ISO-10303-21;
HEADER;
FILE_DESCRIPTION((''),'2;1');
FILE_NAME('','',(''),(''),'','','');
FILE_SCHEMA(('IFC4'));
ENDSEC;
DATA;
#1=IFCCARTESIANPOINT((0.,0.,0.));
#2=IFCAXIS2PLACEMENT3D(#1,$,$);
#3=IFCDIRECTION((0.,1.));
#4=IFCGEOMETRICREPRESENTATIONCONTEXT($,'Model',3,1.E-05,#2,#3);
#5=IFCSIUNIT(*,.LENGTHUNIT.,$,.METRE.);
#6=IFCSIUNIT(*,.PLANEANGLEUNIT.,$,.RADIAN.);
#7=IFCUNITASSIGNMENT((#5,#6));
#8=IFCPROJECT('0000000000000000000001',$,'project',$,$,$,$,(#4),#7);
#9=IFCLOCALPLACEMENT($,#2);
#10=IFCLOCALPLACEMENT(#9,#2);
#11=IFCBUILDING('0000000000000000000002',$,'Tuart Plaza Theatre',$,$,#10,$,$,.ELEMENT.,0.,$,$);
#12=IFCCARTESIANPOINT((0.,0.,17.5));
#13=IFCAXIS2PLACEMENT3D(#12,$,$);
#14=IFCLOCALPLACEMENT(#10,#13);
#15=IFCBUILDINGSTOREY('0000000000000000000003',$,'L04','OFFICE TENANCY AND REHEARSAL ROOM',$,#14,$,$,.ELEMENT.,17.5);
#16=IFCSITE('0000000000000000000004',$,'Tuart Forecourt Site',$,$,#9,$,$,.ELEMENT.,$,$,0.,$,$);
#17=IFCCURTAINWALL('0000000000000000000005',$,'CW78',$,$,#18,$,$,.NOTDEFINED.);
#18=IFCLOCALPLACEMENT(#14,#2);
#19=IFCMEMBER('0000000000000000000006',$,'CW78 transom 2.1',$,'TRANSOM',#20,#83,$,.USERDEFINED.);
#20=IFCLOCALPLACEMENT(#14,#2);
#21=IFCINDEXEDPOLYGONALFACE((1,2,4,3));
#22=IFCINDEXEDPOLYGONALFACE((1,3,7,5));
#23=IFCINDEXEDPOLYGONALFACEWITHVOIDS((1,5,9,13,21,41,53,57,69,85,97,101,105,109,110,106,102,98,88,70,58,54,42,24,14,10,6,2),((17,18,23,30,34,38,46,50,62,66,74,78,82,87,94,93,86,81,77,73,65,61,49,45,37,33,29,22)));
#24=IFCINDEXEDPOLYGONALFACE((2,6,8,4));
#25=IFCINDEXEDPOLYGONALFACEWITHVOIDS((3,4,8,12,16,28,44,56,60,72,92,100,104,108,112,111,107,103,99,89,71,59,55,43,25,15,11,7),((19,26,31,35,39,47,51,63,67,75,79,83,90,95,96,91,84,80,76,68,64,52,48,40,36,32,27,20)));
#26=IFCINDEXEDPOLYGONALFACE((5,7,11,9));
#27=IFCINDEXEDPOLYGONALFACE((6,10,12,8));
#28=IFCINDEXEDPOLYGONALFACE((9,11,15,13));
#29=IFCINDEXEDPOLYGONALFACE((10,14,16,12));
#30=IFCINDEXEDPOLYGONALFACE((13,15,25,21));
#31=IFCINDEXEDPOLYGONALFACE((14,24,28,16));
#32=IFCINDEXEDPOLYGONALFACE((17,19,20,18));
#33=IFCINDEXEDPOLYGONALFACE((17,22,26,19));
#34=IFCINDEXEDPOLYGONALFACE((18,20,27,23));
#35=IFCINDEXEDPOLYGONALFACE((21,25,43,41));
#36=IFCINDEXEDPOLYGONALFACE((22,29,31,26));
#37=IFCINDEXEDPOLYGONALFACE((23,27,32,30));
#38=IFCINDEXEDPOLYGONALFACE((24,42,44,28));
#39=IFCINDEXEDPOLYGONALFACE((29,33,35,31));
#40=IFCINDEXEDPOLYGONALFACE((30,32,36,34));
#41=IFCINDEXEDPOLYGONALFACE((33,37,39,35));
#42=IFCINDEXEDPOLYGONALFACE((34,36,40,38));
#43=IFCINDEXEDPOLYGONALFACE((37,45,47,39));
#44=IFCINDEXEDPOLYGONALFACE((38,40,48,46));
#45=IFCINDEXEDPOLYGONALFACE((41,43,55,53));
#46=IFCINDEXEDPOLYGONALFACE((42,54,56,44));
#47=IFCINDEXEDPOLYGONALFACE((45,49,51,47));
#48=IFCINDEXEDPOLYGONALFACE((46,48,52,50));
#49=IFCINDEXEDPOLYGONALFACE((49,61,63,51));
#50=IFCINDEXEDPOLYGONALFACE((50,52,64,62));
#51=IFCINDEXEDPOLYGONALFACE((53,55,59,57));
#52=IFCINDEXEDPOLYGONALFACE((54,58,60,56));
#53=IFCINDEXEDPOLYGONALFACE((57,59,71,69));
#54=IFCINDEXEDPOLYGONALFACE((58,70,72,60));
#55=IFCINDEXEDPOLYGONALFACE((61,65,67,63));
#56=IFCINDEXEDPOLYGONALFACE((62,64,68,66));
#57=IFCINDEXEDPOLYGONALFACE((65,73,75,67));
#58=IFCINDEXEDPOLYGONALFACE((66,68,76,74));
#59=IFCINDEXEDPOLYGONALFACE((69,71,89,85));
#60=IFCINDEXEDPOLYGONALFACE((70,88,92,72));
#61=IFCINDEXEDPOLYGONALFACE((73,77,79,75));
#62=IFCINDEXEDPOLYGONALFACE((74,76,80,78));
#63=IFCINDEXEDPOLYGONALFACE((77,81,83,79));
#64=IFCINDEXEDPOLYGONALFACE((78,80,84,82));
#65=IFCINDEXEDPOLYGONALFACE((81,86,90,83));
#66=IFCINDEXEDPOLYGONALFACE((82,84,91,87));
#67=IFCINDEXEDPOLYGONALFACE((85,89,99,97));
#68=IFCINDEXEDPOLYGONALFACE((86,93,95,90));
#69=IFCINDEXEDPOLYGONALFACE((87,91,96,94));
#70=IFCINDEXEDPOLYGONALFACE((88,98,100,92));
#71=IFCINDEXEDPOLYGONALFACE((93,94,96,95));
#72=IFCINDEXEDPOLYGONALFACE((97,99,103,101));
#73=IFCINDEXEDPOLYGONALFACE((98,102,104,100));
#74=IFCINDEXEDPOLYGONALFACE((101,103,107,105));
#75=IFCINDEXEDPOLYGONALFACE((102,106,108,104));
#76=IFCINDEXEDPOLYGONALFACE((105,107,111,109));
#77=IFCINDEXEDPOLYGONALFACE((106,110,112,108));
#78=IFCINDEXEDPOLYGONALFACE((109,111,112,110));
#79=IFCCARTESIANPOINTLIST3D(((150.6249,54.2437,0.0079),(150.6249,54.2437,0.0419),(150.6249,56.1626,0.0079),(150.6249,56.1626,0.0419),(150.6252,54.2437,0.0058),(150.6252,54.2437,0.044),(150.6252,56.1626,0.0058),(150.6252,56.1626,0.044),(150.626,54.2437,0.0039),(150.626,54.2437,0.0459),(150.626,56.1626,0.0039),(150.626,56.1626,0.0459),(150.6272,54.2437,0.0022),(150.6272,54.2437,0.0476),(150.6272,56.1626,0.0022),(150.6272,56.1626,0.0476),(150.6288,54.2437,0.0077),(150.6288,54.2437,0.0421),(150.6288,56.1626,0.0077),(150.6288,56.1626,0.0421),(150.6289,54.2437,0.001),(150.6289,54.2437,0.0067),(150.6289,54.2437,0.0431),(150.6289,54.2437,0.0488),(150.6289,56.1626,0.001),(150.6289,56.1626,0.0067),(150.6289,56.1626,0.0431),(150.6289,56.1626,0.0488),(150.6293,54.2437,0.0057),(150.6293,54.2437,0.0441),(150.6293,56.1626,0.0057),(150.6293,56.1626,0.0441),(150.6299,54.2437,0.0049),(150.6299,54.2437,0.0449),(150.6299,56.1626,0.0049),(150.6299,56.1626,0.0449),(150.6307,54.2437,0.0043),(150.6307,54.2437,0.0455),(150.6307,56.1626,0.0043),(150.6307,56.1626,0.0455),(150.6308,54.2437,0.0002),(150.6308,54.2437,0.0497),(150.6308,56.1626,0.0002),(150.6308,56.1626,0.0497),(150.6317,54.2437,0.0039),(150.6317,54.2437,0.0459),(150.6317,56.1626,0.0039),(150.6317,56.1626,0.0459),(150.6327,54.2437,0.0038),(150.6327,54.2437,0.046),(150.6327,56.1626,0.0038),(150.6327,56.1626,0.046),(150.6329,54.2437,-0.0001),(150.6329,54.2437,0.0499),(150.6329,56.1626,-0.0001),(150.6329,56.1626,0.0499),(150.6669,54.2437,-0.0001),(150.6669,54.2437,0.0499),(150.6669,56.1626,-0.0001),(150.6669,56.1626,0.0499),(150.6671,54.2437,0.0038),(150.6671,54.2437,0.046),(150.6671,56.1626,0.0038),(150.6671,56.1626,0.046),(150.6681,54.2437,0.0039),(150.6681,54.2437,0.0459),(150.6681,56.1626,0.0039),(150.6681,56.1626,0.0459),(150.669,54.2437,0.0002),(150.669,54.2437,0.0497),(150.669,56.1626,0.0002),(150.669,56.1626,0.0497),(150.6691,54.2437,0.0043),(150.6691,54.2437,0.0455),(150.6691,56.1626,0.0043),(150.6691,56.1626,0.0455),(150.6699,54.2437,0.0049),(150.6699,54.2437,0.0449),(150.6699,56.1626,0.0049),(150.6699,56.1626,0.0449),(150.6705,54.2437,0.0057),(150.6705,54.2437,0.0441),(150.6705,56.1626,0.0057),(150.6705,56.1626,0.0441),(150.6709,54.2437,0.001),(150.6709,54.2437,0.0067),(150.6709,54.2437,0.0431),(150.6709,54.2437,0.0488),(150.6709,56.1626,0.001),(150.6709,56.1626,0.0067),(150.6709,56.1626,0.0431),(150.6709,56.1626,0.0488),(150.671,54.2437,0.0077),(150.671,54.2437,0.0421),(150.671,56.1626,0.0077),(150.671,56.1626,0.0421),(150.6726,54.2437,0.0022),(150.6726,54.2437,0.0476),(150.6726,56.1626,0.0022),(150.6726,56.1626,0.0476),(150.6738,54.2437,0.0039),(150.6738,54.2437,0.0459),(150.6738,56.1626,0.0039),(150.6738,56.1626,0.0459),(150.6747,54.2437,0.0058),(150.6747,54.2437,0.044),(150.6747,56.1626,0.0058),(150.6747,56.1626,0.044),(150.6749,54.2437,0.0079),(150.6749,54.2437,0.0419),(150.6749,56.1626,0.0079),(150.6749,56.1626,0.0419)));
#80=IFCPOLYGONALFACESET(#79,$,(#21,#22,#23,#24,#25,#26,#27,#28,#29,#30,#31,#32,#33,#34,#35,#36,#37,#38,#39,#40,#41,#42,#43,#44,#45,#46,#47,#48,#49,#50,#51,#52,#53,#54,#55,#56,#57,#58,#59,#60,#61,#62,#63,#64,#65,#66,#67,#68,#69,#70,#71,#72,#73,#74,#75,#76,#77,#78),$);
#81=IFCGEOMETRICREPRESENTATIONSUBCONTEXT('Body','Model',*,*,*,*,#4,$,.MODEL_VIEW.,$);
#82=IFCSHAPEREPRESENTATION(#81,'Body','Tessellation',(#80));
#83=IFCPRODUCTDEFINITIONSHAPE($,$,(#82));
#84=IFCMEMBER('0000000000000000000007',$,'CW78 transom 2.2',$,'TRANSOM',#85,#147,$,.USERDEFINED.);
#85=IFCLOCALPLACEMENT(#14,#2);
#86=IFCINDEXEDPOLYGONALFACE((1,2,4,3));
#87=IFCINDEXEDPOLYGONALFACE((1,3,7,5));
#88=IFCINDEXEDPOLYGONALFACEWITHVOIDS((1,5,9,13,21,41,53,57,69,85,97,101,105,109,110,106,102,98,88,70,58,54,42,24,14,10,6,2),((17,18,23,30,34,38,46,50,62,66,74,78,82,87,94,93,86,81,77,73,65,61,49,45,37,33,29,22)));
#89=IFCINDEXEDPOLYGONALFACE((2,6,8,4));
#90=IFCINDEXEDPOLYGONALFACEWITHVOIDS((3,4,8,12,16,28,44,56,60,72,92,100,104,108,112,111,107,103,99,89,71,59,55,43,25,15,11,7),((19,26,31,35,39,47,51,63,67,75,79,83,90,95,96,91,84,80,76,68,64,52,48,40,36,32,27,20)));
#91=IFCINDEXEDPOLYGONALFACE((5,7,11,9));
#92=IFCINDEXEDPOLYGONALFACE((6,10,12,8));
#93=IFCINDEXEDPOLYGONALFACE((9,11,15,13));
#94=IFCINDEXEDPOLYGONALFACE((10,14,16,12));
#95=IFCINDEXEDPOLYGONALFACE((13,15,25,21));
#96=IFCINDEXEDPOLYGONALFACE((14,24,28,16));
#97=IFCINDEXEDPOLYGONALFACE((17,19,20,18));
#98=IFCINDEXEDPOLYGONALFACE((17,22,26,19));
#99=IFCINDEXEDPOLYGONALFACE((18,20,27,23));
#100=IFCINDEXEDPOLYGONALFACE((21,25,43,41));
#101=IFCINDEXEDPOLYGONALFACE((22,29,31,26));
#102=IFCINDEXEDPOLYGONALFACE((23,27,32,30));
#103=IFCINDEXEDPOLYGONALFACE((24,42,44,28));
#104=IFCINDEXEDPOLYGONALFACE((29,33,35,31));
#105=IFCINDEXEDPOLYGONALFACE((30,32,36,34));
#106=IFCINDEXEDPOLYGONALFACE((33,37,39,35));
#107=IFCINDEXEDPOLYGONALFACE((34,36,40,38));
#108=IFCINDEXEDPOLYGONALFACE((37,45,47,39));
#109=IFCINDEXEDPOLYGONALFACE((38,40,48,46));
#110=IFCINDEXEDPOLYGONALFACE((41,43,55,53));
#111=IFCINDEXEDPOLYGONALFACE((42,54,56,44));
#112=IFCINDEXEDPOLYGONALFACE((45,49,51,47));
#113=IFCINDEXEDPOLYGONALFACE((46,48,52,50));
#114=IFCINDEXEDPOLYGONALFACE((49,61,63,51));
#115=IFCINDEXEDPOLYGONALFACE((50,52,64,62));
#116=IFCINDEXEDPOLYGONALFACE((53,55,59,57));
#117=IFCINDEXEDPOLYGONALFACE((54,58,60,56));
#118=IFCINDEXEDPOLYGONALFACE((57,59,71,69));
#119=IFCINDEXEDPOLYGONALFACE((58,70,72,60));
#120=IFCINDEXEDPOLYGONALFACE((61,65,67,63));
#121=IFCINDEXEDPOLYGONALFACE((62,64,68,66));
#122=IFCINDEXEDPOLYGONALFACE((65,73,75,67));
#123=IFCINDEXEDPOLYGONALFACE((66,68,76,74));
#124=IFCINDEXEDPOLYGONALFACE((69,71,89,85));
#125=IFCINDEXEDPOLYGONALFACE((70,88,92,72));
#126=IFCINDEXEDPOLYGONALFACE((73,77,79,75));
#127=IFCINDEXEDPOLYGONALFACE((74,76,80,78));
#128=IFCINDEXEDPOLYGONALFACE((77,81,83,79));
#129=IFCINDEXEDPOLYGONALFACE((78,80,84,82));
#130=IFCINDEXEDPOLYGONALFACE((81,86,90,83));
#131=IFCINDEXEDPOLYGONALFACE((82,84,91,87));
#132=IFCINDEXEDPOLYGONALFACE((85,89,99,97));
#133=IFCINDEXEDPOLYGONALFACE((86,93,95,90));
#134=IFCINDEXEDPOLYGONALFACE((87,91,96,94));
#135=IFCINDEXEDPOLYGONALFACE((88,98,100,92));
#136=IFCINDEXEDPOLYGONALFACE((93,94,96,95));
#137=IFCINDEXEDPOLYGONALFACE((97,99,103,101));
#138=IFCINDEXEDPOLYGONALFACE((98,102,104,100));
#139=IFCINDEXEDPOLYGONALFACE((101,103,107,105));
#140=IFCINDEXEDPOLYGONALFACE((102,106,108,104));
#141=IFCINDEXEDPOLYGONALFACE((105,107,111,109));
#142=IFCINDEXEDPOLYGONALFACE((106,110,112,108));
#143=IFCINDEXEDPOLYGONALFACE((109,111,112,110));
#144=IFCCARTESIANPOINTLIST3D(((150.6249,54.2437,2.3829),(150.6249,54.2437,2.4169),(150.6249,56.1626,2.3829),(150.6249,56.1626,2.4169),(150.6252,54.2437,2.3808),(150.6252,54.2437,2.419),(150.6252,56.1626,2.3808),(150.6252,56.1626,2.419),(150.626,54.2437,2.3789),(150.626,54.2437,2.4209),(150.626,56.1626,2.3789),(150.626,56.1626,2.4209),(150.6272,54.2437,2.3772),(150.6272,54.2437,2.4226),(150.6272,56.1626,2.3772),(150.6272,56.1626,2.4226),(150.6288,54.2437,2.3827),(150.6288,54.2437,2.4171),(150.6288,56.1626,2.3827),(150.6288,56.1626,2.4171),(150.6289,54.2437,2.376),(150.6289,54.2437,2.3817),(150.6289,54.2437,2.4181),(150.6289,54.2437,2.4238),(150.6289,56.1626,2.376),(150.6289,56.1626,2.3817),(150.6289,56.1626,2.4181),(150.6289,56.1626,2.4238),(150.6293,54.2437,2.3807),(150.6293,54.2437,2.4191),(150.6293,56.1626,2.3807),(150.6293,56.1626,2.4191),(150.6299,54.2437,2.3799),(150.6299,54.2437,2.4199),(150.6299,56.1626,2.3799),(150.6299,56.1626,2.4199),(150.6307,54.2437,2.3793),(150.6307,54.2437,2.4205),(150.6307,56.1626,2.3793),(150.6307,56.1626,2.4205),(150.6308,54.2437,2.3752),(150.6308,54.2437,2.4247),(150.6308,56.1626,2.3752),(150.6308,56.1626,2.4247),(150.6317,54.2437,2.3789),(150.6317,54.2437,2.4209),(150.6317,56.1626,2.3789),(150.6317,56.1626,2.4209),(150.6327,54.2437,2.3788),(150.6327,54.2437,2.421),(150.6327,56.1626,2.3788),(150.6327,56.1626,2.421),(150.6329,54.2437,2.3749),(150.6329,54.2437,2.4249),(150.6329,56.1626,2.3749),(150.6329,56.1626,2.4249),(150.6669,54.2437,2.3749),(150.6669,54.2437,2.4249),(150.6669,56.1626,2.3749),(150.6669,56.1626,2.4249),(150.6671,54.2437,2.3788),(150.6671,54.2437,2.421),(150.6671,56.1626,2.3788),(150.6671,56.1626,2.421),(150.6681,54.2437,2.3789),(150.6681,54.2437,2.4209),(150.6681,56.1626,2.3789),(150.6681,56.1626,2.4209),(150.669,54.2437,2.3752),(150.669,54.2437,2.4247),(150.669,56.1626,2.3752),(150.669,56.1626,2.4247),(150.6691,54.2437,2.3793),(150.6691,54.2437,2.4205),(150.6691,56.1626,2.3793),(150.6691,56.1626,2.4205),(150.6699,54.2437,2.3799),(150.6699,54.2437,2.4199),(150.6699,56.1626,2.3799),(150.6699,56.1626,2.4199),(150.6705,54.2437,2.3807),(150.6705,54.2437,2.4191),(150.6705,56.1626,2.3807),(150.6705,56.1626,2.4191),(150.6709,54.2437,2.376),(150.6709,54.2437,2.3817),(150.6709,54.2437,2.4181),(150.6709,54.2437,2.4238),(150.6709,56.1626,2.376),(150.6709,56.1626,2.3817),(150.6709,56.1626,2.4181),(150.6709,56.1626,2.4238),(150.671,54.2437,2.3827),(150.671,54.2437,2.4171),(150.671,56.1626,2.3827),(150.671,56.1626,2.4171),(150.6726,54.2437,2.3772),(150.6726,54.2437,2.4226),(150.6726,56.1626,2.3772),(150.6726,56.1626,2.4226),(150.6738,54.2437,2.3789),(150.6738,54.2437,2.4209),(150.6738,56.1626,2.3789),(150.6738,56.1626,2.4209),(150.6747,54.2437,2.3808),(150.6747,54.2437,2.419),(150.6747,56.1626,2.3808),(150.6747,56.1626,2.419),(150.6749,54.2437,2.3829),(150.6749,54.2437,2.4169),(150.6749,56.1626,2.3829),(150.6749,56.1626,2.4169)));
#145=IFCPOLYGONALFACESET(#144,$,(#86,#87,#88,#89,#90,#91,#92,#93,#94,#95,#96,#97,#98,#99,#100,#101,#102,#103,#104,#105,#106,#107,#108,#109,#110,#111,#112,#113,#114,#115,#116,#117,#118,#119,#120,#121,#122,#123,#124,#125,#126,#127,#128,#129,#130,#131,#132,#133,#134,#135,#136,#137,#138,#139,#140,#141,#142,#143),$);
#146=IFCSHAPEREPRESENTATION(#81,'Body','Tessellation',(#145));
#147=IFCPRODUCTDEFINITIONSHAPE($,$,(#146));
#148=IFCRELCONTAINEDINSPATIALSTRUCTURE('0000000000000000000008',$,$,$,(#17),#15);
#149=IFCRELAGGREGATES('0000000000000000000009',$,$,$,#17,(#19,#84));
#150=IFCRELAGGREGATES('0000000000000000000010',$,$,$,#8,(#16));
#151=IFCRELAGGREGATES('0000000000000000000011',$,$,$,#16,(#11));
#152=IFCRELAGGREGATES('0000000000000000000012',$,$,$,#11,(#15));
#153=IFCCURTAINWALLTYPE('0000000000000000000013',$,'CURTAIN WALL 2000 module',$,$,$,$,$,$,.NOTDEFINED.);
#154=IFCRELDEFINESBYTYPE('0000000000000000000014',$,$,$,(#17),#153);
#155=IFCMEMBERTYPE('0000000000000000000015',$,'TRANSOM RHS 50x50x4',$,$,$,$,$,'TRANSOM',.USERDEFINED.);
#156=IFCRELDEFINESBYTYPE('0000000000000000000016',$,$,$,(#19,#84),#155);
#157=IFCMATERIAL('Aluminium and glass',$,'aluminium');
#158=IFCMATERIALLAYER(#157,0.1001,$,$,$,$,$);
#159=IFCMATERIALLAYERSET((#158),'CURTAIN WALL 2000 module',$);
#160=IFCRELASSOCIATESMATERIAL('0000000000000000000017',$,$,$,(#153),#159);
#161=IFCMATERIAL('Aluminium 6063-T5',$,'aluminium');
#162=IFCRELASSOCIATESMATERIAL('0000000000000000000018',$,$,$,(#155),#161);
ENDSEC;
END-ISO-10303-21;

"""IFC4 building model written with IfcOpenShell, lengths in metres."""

from ifc_helpers import new_model, si_unit, direction, frame, origin, origin_2d, place, context, subcontext, project, spatial, hollow_rectangle, extrude, material, layer, layer_set, material_profile, profile_set, type_object, element, aggregate, save


model = new_model("IFC4")

# Units and contexts
model_context = context("Model", 3, precision=1e-05, world=origin(), true_north=direction((0.0, 1.0)))
body_context = subcontext(model_context, "Body", "Model", "MODEL_VIEW")
ifc_project = project(units=[si_unit("LENGTHUNIT", "METRE"), si_unit("PLANEANGLEUNIT", "RADIAN")], contexts=[model_context])

# Site, building, storey
site_placement = place(None, origin())
site = spatial("IfcSite", under=ifc_project, at=site_placement, Name="Tuart Forecourt Site", CompositionType="ELEMENT", RefElevation=0.0)
building_placement = place(site_placement, origin())
building = spatial("IfcBuilding", under=site, at=building_placement, Name="Tuart Plaza Theatre", CompositionType="ELEMENT", ElevationOfRefHeight=0.0)
storey_placement = place(building_placement, frame((0.0, 0.0, 17.5)))
storey = spatial("IfcBuildingStorey", under=building, at=storey_placement, Name="L04", Description="OFFICE TENANCY AND REHEARSAL ROOM", CompositionType="ELEMENT", Elevation=17.5)

# Curtain wall
ifc_material_1 = material(Name="Aluminium and glass", Category="aluminium")
ifc_layer_1 = layer(ifc_material_1, 0.1001)
ifc_layer_set_1 = layer_set([ifc_layer_1], Name="CURTAIN WALL 2000 module")
curtain_wall_type = type_object("IfcCurtainWallType", Name="CURTAIN WALL 2000 module", PredefinedType="NOTDEFINED", material=ifc_layer_set_1)
curtain_wall_1_placement = place(storey_placement, origin())
curtain_wall_1 = element("IfcCurtainWall", 1, at=curtain_wall_1_placement, inside=storey, type_object=curtain_wall_type, Name="CW78", PredefinedType="NOTDEFINED")

# Members
ifc_material_2 = material(Name="Aluminium 6063-T5", Category="aluminium")
ifc_material_profile_1 = material_profile(ifc_material_2, hollow_rectangle(XDim=0.05, YDim=0.05, WallThickness=0.0039, InnerFilletRadius=0.0039, OuterFilletRadius=0.0081, at=origin_2d()), Name="RHS 50x50x4")
ifc_profile_set_1 = profile_set([ifc_material_profile_1], Name="Aluminium 6063-T5")
member_type_1 = type_object("IfcMemberType", Name="TRANSOM RHS 50x50x4", ElementType="TRANSOM", PredefinedType="USERDEFINED", material=ifc_profile_set_1)
member_1_placement = place(storey_placement, frame((150.6499, 54.2437, 0.0249), z_axis=(0.0, 1.0, 0.0), x_axis=(-1.0, 0.0, 0.0)))
member_1 = element("IfcMember", 2, at=member_1_placement, type_object=member_type_1, Name="CW78 transom 2.1", ObjectType="TRANSOM", PredefinedType="USERDEFINED", context=body_context, shape_type="SweptSolid", body=[
    extrude(hollow_rectangle(XDim=0.05, YDim=0.05, WallThickness=0.0039, InnerFilletRadius=0.0039, OuterFilletRadius=0.0081, at=origin_2d()), origin(), (0.0, 0.0, 1.0), 1.9189),
])
member_2_placement = place(storey_placement, frame((150.6499, 54.2437, 2.3999), z_axis=(0.0, 1.0, 0.0), x_axis=(-1.0, 0.0, 0.0)))
member_2 = element("IfcMember", 3, at=member_2_placement, type_object=member_type_1, Name="CW78 transom 2.2", ObjectType="TRANSOM", PredefinedType="USERDEFINED", context=body_context, shape_type="SweptSolid", body=[
    extrude(hollow_rectangle(XDim=0.05, YDim=0.05, WallThickness=0.0039, InnerFilletRadius=0.0039, OuterFilletRadius=0.0081, at=origin_2d()), origin(), (0.0, 0.0, 1.0), 1.9189),
])

aggregate(curtain_wall_1, [member_1, member_2])

save(model, "model.ifc")
